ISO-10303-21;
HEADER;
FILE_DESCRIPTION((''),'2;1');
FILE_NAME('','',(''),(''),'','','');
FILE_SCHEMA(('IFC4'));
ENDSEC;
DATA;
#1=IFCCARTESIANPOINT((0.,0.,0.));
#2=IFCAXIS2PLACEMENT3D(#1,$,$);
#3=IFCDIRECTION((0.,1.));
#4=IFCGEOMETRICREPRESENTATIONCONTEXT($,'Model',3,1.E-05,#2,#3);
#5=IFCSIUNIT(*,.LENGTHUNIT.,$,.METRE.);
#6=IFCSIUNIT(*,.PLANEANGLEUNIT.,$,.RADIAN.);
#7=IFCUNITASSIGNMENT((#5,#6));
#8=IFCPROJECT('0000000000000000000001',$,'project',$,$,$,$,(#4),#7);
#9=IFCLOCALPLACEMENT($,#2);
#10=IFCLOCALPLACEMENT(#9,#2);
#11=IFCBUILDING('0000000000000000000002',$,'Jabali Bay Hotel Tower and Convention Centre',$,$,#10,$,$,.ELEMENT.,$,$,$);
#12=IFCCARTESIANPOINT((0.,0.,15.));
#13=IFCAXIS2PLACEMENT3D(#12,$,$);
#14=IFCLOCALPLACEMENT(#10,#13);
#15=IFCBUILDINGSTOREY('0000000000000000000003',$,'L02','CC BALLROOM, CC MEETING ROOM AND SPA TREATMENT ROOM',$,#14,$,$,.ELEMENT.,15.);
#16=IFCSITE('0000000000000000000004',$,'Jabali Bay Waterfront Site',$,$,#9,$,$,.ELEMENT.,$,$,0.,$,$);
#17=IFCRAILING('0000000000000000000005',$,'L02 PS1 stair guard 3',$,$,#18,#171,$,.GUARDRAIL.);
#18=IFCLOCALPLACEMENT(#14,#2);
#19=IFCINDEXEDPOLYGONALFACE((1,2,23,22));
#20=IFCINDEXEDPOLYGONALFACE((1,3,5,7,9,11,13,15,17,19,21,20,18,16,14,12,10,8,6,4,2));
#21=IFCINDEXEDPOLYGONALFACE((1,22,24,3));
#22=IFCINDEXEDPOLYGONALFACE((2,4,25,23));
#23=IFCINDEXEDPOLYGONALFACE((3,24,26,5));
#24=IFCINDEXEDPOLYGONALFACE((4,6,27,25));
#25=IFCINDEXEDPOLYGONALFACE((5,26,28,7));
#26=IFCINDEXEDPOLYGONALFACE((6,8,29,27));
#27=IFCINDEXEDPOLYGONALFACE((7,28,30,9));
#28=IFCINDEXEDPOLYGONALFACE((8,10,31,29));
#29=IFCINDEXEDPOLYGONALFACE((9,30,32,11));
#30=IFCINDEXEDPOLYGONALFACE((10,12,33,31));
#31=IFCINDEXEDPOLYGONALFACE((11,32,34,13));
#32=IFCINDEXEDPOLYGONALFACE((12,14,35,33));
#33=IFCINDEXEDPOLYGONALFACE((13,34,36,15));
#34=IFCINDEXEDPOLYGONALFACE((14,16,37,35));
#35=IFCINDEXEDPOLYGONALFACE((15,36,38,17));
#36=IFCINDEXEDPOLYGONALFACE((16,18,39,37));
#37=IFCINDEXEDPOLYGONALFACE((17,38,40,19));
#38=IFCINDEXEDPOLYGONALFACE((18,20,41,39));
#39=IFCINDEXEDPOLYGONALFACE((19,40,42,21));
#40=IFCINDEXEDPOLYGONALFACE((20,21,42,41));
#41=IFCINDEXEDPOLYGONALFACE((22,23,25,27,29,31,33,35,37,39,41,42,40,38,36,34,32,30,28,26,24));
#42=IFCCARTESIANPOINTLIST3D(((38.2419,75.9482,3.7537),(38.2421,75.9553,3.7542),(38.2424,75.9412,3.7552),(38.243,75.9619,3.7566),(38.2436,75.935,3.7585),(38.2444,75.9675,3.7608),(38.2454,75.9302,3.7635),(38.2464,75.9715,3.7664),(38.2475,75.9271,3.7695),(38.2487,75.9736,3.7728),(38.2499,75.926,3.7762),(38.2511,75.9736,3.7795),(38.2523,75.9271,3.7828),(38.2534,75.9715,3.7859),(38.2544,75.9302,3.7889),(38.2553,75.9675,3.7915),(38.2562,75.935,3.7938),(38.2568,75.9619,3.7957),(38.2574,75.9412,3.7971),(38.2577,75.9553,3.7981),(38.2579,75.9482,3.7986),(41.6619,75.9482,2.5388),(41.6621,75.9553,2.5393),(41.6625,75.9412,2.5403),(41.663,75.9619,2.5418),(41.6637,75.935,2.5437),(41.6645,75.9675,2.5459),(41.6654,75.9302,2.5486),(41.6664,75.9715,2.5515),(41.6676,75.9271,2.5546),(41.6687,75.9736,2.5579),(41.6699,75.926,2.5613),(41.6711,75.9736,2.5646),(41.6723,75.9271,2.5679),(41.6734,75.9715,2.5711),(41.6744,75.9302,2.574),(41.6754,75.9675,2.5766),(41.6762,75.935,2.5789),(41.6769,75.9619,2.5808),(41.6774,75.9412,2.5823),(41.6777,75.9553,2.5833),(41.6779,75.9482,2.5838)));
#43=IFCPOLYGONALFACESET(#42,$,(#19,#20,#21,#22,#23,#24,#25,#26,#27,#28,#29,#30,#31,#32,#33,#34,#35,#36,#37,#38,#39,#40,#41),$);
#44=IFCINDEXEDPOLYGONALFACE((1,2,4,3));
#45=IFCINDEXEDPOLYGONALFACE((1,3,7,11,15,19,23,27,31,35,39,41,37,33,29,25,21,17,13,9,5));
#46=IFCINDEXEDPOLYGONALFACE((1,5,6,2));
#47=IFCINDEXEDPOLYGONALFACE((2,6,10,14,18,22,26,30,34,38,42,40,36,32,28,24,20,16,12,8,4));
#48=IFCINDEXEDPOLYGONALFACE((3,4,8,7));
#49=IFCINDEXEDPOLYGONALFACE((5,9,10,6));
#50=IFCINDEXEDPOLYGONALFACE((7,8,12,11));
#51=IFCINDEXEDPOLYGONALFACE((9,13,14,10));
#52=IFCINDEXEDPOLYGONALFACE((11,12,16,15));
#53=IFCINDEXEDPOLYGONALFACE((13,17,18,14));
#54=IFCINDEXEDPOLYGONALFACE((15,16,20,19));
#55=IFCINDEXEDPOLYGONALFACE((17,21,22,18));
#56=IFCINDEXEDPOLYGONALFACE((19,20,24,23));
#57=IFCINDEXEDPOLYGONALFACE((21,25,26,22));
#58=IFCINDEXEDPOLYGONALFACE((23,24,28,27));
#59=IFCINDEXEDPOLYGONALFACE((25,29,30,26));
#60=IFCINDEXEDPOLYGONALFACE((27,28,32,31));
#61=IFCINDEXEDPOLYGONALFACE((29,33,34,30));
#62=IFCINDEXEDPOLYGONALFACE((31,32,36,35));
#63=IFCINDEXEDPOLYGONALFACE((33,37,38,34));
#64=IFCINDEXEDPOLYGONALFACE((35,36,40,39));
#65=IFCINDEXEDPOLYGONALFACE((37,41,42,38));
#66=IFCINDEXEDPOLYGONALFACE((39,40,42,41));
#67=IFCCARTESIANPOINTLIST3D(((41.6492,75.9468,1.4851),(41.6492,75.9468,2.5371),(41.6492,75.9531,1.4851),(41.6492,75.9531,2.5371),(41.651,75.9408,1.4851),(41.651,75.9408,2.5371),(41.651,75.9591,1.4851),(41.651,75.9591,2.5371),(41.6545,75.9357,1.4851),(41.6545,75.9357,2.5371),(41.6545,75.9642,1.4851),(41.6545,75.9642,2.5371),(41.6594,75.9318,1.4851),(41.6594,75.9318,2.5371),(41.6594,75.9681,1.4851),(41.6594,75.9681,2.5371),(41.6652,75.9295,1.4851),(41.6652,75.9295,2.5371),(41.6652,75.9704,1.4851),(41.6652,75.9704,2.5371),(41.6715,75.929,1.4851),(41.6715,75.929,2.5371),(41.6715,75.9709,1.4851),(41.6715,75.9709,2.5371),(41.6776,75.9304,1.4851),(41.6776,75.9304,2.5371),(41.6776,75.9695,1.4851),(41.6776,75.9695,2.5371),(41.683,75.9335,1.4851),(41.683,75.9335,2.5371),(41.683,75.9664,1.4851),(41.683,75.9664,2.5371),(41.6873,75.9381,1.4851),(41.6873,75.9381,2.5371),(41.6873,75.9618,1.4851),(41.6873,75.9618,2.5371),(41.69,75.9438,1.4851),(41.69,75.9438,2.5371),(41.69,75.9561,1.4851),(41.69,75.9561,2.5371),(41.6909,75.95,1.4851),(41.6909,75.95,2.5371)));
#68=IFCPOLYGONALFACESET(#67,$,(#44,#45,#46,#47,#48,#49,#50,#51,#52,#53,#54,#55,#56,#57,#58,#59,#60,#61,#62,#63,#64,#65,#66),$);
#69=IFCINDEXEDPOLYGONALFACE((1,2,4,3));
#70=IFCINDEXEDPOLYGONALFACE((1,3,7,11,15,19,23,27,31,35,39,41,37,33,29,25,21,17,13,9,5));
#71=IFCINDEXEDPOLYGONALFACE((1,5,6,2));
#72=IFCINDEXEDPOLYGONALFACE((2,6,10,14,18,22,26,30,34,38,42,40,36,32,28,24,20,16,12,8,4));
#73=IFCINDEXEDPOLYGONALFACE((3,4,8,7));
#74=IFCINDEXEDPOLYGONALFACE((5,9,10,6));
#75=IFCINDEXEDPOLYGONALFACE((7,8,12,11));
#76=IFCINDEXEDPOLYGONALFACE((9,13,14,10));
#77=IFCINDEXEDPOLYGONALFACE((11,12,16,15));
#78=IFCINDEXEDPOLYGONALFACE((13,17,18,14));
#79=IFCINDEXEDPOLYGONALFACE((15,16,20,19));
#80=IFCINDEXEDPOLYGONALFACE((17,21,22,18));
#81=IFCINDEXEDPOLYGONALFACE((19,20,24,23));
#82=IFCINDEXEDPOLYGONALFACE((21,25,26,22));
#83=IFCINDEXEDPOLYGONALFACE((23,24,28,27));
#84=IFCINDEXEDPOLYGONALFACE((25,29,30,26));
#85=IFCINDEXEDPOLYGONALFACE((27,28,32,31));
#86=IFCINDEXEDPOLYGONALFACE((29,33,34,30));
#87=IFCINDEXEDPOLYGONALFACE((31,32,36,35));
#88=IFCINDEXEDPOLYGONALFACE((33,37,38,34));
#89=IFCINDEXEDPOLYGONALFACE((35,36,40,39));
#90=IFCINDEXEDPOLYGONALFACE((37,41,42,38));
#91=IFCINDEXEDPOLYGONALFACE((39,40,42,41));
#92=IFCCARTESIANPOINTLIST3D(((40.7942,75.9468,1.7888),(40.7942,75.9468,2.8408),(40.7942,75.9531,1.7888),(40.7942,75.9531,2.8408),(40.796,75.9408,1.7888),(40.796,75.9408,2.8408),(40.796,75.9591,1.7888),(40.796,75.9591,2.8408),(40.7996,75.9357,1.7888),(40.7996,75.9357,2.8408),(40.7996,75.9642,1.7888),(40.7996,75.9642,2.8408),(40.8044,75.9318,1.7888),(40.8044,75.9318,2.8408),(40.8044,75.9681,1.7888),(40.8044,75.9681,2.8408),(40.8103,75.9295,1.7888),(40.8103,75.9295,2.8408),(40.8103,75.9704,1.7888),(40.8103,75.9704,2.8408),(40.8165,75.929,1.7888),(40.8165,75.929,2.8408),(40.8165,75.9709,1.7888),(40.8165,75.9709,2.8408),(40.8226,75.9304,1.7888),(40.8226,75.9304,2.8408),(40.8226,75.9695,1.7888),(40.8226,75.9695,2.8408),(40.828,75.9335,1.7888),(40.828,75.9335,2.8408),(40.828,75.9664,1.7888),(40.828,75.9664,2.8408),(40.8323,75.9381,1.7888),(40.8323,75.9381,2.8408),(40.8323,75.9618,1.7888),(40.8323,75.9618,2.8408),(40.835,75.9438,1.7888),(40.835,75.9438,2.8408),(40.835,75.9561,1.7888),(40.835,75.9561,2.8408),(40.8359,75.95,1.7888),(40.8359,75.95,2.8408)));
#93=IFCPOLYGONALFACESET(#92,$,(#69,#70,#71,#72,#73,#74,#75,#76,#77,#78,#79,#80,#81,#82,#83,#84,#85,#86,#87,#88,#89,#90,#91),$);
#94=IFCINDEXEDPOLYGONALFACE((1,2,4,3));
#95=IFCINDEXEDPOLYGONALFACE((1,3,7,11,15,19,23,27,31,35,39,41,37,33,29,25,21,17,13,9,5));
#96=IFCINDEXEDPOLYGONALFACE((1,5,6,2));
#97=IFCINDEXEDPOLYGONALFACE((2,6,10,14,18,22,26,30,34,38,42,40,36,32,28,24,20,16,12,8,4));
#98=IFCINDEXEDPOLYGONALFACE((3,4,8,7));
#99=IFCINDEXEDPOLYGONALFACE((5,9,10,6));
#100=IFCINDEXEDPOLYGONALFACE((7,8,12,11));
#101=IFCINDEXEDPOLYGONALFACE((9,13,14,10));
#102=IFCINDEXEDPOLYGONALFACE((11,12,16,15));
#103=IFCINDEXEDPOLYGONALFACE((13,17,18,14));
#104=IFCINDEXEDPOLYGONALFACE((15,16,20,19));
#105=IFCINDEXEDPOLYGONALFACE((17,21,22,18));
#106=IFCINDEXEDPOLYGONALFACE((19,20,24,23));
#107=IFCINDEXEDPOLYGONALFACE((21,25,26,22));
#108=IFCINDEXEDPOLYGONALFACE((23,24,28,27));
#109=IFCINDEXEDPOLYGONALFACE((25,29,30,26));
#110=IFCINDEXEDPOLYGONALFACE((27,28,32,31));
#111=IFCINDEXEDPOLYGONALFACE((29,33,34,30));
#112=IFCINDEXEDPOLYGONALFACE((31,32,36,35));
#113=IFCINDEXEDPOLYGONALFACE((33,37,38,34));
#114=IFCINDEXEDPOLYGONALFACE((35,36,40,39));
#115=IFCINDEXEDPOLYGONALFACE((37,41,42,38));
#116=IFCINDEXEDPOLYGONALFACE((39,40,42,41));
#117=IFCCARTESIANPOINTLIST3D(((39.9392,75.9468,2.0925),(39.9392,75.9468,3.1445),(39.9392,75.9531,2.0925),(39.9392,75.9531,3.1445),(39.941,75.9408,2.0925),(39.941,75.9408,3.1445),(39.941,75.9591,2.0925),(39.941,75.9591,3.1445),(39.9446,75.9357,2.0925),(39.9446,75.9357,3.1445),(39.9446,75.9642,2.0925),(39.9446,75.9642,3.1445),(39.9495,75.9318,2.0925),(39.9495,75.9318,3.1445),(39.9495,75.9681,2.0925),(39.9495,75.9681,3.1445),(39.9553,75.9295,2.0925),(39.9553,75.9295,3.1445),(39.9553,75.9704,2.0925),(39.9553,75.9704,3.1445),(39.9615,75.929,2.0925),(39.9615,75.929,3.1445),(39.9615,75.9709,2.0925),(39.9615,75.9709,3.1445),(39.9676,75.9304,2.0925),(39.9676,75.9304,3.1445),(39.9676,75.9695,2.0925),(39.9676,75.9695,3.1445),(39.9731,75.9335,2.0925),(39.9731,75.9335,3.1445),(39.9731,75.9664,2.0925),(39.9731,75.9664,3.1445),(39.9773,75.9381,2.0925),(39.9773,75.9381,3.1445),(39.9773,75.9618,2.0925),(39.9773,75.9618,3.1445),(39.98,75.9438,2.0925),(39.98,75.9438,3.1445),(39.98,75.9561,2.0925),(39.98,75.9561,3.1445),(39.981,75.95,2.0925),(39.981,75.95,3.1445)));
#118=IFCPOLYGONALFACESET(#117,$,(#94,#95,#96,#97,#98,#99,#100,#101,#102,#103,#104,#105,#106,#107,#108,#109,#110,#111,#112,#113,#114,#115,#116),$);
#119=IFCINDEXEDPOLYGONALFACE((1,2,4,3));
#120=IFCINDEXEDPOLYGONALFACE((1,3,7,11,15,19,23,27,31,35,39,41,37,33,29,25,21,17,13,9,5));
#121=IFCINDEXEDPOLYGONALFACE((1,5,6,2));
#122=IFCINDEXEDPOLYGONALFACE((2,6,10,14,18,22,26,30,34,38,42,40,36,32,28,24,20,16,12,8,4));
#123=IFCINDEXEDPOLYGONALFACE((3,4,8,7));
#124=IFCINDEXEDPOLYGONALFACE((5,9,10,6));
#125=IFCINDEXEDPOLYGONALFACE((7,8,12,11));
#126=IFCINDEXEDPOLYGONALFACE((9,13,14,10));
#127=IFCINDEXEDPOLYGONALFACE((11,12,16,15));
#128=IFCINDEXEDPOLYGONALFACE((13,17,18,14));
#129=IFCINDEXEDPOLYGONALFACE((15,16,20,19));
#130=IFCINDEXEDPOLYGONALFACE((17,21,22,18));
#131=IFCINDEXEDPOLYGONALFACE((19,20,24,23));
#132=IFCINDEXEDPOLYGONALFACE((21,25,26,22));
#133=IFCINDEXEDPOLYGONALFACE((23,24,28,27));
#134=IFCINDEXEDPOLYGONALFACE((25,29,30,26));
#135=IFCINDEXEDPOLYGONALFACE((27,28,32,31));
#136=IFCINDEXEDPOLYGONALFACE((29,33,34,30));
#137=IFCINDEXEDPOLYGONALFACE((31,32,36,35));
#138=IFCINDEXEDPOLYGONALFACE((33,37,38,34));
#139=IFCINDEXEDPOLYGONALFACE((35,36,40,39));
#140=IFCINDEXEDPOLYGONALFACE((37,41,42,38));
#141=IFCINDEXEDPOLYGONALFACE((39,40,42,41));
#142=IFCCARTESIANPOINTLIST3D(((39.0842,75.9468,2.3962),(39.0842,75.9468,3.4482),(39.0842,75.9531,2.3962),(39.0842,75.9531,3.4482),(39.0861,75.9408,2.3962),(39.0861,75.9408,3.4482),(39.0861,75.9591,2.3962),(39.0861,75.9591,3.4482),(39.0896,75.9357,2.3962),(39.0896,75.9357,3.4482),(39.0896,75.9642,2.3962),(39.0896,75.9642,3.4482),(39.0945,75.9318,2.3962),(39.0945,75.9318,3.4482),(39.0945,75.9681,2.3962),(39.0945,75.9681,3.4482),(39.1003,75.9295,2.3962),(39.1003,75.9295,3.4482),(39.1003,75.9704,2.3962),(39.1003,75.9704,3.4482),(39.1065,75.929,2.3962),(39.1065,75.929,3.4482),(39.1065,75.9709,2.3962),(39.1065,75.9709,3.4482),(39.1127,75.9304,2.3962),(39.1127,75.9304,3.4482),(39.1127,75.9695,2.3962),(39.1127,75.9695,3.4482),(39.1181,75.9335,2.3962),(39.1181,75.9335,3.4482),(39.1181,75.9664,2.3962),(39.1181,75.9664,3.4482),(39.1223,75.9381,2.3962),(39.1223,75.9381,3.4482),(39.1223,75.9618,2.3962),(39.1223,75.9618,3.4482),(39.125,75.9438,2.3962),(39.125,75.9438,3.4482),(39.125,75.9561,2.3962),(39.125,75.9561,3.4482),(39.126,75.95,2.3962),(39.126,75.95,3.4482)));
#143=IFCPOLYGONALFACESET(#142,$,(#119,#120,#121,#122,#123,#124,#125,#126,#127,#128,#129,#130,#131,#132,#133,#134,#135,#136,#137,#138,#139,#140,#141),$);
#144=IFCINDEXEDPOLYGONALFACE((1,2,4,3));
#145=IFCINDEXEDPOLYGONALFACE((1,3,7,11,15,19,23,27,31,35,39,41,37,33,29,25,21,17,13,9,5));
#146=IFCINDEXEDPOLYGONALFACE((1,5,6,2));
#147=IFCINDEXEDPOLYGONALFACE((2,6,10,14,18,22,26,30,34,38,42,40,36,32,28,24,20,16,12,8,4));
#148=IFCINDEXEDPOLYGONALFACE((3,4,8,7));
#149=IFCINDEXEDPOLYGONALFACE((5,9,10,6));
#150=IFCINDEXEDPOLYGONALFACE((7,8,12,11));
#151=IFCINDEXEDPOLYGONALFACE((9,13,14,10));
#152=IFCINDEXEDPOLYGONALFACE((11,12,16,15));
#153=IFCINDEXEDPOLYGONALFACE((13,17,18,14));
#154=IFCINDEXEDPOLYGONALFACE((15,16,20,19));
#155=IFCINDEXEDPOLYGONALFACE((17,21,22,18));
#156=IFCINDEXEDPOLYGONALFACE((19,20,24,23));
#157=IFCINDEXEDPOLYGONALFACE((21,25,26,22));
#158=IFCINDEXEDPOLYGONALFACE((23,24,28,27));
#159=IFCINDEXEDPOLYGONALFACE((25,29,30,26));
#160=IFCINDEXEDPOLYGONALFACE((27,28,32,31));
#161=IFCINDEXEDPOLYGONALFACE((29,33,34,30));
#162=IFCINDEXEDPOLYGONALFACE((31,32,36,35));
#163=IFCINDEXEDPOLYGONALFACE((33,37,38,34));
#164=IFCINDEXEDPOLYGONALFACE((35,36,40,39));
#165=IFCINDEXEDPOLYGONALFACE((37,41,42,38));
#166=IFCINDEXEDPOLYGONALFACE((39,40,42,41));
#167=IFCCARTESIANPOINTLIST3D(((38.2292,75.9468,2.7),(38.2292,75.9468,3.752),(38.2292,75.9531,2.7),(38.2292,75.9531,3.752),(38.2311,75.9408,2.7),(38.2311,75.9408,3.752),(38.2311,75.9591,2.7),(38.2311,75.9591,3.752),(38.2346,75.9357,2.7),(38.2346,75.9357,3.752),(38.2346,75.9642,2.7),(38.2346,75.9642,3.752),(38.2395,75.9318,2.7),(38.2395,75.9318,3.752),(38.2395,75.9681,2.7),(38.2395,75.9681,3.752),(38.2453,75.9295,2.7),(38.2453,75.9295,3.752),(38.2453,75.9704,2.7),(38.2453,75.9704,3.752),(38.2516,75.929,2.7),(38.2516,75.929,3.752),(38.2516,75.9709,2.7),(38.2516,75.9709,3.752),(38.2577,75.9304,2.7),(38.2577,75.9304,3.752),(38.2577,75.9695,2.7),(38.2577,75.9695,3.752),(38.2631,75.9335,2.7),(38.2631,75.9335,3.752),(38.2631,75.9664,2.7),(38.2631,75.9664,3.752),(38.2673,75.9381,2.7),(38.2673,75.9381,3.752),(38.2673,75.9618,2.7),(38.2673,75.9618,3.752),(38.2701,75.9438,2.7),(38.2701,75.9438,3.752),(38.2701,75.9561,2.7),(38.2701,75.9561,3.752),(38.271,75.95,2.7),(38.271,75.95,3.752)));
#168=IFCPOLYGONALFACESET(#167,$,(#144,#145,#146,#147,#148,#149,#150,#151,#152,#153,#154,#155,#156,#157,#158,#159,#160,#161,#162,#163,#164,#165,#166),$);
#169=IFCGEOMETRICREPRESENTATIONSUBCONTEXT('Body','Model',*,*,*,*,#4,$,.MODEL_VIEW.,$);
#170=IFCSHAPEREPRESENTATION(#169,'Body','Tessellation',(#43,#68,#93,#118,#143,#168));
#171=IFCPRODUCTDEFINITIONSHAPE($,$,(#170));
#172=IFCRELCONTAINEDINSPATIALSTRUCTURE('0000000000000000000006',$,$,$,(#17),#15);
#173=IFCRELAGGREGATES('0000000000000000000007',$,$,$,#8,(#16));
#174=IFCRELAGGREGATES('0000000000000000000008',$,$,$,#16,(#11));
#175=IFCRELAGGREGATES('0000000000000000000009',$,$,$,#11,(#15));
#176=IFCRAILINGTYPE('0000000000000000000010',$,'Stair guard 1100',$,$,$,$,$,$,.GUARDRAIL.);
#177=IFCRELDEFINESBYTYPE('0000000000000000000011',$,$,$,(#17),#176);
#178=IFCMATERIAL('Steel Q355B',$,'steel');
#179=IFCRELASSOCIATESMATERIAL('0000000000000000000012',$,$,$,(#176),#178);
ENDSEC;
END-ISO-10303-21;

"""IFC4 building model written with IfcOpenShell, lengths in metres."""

from ifc_helpers import new_model, si_unit, direction, frame, origin, origin_2d, place, context, subcontext, project, spatial, circle, extrude, material, type_object, element, save


model = new_model("IFC4")

# Units and contexts
model_context = context("Model", 3, precision=1e-05, world=origin(), true_north=direction((0.0, 1.0)))
body_context = subcontext(model_context, "Body", "Model", "MODEL_VIEW")
ifc_project = project(units=[si_unit("LENGTHUNIT", "METRE"), si_unit("PLANEANGLEUNIT", "RADIAN")], contexts=[model_context])

# Site, building, storey
site_placement = place(None, origin())
site = spatial("IfcSite", under=ifc_project, at=site_placement, Name="Jabali Bay Waterfront Site", CompositionType="ELEMENT", RefElevation=0.0)
building_placement = place(site_placement, origin())
building = spatial("IfcBuilding", under=site, at=building_placement, Name="Jabali Bay Hotel Tower and Convention Centre", CompositionType="ELEMENT")
storey_placement = place(building_placement, frame((0.0, 0.0, 15.0)))
storey = spatial("IfcBuildingStorey", under=building, at=storey_placement, Name="L02", Description="CC BALLROOM, CC MEETING ROOM AND SPA TREATMENT ROOM", CompositionType="ELEMENT", Elevation=15.0)

# Railing
ifc_material_1 = material(Name="Steel Q355B", Category="steel")
railing_type_1 = type_object("IfcRailingType", Name="Stair guard 1100", PredefinedType="GUARDRAIL", material=ifc_material_1)
railing_1_placement = place(storey_placement, frame((41.6699, 75.95, 1.4851)))
element("IfcRailing", 1, at=railing_1_placement, inside=storey, type_object=railing_type_1, Name="L02 PS1 stair guard 3", PredefinedType="GUARDRAIL", context=body_context, shape_type="SweptSolid", body=[
    extrude(circle(Radius=0.0239, at=origin_2d()), frame((0.0, 0.0, 1.0762), z_axis=(-0.942313, 0.0, 0.334734), x_axis=(0.0, -1.0, 0.0)), (0.0, 0.0, 1.0), 3.6294),
    extrude(circle(Radius=0.021, at=origin_2d()), origin(), (0.0, 0.0, 1.0), 1.052),
    extrude(circle(Radius=0.021, at=origin_2d()), frame((-0.855, 0.0, 0.3037)), (0.0, 0.0, 1.0), 1.052),
    extrude(circle(Radius=0.021, at=origin_2d()), frame((-1.71, 0.0, 0.6074)), (0.0, 0.0, 1.0), 1.052),
    extrude(circle(Radius=0.021, at=origin_2d()), frame((-2.5649, 0.0, 0.9111)), (0.0, 0.0, 1.0), 1.052),
    extrude(circle(Radius=0.021, at=origin_2d()), frame((-3.4199, 0.0, 1.2148)), (0.0, 0.0, 1.0), 1.052),
])

save(model, "model.ifc")
